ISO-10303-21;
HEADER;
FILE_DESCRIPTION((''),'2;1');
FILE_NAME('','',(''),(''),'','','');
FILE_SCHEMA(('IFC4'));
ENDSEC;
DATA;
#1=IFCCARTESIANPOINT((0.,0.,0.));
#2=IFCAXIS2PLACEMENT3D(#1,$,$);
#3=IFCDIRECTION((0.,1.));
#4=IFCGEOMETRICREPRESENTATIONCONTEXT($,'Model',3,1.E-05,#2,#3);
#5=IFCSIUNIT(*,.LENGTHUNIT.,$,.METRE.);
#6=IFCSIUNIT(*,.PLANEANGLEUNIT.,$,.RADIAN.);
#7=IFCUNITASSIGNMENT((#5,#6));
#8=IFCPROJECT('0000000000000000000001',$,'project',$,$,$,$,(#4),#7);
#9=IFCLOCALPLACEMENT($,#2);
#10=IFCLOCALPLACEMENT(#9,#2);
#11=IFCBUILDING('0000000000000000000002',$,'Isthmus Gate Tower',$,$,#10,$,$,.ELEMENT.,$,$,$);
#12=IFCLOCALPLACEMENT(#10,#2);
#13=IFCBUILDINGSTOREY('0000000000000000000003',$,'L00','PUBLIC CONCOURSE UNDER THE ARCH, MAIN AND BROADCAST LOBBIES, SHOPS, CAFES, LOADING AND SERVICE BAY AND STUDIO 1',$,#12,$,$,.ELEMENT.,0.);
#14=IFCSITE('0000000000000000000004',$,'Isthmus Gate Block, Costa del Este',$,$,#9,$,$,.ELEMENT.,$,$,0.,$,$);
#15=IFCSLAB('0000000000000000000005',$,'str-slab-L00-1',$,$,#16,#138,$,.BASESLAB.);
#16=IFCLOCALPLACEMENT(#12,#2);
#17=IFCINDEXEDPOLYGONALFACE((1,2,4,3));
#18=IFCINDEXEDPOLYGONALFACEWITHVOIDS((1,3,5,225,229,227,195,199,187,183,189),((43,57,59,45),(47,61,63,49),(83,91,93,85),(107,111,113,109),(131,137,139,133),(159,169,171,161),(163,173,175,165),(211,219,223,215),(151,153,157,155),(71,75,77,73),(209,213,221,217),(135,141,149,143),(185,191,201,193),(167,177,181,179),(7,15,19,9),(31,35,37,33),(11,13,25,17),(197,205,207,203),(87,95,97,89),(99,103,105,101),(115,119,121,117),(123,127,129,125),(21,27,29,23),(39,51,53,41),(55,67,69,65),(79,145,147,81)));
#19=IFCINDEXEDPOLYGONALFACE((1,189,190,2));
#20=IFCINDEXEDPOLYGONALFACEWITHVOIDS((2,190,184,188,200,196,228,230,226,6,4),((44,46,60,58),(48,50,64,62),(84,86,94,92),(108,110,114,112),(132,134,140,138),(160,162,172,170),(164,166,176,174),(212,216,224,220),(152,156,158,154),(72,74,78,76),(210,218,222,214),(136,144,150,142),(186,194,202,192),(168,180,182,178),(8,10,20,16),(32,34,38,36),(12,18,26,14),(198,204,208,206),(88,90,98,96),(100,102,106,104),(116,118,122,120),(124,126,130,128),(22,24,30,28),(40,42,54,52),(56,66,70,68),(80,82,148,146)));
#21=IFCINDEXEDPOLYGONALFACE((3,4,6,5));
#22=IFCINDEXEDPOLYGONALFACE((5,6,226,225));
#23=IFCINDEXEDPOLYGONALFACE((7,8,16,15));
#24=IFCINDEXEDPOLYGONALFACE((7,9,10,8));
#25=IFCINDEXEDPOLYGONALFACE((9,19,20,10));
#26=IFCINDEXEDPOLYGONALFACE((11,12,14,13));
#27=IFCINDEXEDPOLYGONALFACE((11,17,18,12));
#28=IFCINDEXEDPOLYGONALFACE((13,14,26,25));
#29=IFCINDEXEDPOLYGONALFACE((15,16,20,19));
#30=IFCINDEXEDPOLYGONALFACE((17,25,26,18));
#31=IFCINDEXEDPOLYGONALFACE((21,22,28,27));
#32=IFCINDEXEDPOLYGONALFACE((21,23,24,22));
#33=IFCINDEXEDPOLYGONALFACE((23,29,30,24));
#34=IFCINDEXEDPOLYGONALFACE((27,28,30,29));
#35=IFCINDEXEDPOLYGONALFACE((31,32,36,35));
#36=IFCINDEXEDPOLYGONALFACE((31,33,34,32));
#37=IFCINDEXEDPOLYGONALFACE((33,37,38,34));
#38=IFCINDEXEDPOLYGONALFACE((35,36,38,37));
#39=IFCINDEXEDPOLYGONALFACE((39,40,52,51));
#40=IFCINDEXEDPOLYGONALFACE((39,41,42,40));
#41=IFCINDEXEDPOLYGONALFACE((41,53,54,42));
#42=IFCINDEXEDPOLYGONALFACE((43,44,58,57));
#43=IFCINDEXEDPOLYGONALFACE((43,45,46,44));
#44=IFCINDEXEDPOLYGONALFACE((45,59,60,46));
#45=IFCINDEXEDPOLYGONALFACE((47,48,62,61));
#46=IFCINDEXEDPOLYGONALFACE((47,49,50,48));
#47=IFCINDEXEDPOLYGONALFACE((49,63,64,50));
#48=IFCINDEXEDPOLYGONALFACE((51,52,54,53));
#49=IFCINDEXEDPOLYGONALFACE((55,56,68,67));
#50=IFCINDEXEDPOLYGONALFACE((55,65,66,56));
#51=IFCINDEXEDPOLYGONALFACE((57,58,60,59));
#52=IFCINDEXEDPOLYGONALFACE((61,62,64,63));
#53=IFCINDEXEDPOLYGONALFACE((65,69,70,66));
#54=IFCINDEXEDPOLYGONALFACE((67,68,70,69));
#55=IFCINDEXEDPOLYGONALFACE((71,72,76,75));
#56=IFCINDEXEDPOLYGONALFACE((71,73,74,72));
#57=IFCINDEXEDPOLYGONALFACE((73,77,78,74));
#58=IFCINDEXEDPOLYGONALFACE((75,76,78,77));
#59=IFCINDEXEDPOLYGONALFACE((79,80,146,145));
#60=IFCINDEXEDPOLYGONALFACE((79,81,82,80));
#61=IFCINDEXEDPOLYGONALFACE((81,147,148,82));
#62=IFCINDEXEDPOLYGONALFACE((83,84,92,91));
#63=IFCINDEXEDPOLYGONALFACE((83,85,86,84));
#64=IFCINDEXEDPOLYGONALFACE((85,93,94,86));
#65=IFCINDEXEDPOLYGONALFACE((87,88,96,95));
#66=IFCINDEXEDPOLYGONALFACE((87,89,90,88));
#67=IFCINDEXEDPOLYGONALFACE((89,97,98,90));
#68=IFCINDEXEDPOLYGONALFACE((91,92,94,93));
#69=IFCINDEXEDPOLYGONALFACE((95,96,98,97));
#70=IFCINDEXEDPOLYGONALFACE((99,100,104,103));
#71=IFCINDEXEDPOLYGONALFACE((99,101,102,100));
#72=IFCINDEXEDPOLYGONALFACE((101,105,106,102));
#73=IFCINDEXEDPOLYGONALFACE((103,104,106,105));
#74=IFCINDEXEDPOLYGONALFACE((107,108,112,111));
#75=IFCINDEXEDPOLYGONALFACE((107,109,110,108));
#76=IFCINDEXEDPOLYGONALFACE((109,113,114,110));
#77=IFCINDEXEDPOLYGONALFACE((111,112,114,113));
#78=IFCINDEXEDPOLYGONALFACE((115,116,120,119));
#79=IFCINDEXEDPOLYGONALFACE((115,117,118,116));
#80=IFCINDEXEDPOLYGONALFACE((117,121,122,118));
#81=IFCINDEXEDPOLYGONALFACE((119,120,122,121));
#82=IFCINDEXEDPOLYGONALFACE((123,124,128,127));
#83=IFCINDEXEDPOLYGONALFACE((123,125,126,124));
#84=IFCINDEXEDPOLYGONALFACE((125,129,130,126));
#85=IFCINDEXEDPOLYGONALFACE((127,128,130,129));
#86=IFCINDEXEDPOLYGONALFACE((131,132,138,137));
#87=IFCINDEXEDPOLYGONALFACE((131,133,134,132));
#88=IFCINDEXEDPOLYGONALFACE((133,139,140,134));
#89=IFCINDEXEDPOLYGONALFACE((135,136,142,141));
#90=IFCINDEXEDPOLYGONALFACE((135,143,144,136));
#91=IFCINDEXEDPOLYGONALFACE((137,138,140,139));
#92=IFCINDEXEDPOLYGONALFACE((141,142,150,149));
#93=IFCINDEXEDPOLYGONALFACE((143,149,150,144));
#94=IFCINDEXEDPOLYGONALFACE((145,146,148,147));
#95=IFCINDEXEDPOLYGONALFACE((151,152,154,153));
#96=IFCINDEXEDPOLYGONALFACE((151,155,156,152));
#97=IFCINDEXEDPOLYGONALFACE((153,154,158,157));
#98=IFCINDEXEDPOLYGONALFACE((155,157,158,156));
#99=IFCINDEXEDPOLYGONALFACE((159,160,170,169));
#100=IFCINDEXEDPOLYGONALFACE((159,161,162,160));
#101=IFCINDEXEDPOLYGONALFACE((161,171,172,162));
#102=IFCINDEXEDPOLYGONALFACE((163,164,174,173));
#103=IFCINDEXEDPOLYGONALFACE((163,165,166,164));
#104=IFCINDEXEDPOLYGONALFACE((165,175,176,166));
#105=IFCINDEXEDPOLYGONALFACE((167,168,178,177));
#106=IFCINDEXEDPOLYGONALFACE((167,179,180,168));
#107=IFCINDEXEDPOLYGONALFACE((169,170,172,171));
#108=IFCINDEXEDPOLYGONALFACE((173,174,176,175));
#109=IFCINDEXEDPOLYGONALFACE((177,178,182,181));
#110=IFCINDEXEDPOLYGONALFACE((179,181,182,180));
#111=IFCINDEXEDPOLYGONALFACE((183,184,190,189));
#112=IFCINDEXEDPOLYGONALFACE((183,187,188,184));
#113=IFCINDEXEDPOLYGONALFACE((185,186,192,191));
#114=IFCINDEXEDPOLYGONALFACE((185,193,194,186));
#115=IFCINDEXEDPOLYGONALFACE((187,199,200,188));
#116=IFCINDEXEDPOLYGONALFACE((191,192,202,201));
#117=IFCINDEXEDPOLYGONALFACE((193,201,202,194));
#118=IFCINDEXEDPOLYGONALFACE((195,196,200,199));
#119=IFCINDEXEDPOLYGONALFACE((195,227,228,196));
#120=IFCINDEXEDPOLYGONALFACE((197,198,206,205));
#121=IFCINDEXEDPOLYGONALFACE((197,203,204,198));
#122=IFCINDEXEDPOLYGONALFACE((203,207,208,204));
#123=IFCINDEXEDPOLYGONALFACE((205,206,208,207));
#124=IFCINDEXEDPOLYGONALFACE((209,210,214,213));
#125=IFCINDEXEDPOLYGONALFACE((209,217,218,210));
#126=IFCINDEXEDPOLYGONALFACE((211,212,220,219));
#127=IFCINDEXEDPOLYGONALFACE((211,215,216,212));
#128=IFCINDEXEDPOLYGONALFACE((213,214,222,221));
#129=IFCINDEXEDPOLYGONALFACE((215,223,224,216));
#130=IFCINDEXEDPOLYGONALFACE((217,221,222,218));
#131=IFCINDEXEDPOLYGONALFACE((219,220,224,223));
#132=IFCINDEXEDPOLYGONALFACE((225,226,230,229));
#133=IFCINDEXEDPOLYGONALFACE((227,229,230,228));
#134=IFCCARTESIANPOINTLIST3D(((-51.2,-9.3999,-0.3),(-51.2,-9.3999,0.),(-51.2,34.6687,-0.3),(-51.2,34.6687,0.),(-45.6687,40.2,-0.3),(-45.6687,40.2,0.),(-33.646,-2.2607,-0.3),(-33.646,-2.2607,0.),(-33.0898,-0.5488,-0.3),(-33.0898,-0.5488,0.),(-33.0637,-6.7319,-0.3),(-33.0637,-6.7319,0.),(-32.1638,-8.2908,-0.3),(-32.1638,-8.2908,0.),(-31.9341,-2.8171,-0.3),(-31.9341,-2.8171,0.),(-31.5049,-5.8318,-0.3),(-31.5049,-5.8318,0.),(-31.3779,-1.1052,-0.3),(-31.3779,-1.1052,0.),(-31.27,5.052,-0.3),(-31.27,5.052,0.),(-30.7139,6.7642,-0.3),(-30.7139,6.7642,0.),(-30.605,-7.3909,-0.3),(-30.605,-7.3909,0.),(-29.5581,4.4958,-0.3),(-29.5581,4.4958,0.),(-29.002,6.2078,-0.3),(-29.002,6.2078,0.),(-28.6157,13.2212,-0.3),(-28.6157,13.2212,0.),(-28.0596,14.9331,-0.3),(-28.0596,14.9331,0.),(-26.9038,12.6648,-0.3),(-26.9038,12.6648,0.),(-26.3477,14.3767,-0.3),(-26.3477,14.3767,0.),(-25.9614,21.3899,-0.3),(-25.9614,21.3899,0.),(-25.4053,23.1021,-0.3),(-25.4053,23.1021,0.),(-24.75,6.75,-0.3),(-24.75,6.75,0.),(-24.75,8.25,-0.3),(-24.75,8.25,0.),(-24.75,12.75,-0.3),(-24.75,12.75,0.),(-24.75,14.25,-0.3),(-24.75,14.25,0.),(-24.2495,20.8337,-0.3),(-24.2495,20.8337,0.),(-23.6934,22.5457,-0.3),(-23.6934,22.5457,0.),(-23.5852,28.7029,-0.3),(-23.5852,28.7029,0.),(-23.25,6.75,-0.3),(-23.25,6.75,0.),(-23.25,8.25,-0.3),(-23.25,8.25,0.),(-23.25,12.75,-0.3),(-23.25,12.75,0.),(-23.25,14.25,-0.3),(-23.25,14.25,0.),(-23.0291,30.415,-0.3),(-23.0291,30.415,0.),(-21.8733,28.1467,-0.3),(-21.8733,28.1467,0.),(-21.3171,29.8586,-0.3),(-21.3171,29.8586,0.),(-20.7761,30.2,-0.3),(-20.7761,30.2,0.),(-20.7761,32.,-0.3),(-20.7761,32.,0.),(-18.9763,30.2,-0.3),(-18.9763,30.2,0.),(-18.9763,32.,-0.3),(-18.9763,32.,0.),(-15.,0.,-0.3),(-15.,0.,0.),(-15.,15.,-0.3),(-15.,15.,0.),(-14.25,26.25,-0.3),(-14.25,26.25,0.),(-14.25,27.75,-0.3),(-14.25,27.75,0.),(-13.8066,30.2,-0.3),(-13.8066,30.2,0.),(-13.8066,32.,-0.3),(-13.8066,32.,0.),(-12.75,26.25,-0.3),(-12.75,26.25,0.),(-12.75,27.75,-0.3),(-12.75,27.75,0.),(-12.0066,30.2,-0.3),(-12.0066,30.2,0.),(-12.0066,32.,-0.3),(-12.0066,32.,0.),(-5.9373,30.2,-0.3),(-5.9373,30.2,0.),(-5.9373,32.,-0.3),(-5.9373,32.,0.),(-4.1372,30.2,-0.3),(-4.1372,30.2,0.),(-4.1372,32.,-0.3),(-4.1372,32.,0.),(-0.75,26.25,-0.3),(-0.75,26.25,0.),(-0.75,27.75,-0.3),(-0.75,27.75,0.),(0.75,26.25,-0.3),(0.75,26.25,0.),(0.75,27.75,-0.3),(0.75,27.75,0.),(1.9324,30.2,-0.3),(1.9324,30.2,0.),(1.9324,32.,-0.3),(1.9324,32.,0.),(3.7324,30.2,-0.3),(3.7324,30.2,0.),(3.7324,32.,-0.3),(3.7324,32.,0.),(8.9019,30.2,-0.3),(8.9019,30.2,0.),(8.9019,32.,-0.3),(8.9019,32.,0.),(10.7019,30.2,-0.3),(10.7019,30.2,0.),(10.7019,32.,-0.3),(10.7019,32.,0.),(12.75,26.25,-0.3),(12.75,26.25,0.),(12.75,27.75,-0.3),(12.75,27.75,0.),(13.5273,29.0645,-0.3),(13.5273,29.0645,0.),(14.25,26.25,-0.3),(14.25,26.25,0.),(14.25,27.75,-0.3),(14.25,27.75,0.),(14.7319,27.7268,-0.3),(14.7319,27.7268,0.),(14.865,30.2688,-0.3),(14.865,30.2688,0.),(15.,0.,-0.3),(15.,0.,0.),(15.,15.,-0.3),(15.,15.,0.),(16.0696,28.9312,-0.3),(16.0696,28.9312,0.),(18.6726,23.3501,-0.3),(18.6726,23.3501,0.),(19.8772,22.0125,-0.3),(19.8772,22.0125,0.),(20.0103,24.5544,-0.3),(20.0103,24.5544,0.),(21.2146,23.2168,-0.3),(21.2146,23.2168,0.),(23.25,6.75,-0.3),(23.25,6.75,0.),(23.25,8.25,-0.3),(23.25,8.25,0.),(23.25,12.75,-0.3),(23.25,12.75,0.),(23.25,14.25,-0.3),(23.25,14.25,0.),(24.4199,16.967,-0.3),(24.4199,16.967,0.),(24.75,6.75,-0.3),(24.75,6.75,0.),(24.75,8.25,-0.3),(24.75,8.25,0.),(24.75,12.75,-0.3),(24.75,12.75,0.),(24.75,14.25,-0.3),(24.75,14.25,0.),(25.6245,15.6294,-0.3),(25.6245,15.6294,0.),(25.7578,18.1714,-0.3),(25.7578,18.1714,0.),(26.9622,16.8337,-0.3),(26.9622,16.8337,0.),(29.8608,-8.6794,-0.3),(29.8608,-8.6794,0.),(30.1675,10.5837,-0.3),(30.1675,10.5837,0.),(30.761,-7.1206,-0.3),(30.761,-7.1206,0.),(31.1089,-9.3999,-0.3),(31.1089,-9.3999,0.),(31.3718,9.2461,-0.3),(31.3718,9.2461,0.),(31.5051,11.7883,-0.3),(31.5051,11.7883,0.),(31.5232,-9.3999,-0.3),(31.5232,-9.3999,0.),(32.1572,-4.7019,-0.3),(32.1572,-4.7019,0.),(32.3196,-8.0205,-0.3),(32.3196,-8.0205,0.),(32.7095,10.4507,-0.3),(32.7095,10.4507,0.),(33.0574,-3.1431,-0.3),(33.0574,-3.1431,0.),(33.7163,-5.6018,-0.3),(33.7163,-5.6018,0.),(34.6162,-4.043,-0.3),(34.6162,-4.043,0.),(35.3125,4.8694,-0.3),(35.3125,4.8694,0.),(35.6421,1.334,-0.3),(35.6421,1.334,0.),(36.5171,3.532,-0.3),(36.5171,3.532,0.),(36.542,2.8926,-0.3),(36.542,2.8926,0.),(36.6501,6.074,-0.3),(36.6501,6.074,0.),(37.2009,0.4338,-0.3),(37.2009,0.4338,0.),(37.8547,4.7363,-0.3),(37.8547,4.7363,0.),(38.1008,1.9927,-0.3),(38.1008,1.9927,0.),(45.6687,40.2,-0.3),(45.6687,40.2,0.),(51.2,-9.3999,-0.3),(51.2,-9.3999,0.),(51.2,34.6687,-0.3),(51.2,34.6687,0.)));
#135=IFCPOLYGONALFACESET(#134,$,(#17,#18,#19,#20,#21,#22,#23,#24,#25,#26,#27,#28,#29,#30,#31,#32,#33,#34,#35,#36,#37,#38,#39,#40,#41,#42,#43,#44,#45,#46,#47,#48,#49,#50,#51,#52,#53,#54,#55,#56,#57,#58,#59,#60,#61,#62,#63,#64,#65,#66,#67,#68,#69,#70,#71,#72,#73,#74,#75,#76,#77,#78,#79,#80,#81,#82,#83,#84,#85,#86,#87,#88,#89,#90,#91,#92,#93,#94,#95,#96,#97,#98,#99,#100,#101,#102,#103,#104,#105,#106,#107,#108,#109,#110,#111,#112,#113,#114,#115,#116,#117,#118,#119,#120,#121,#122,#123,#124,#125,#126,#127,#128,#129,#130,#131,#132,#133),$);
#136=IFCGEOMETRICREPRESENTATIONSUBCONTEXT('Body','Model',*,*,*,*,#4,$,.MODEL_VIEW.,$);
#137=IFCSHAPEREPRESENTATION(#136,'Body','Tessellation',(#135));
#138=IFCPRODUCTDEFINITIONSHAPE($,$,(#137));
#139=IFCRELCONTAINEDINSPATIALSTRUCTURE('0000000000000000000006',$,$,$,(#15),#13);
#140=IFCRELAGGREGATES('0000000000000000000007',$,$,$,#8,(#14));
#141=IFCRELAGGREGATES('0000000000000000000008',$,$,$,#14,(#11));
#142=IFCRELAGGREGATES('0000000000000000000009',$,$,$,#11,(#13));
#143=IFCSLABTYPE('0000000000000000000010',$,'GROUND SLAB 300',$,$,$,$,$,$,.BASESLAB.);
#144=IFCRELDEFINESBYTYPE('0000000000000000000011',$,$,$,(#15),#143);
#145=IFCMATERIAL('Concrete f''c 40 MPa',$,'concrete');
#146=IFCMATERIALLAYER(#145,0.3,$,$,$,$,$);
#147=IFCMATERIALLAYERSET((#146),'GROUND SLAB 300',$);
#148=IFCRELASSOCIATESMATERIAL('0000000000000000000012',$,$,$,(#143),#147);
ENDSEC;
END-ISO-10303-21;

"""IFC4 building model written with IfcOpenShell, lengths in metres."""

from ifc_helpers import new_model, si_unit, direction, frame, origin, place, context, subcontext, project, spatial, polyline, outline, extrude, material, layer, layer_set, type_object, element, save


model = new_model("IFC4")

# Units and contexts
model_context = context("Model", 3, precision=1e-05, world=origin(), true_north=direction((0.0, 1.0)))
body_context = subcontext(model_context, "Body", "Model", "MODEL_VIEW")
ifc_project = project(units=[si_unit("LENGTHUNIT", "METRE"), si_unit("PLANEANGLEUNIT", "RADIAN")], contexts=[model_context])

# Site, building, storey
site_placement = place(None, origin())
site = spatial("IfcSite", under=ifc_project, at=site_placement, Name="Isthmus Gate Block, Costa del Este", CompositionType="ELEMENT", RefElevation=0.0)
building_placement = place(site_placement, origin())
building = spatial("IfcBuilding", under=site, at=building_placement, Name="Isthmus Gate Tower", CompositionType="ELEMENT")
storey_placement = place(building_placement, origin())
storey = spatial("IfcBuildingStorey", under=building, at=storey_placement, Name="L00", Description="PUBLIC CONCOURSE UNDER THE ARCH, MAIN AND BROADCAST LOBBIES, SHOPS, CAFES, LOADING AND SERVICE BAY AND STUDIO 1", CompositionType="ELEMENT", Elevation=0.0)

# Slab
ifc_material_1 = material(Name="Concrete f'c 40 MPa", Category="concrete")
ifc_layer_1 = layer(ifc_material_1, 0.3)
ifc_layer_set_1 = layer_set([ifc_layer_1], Name="GROUND SLAB 300")
slab_type_1 = type_object("IfcSlabType", Name="GROUND SLAB 300", PredefinedType="BASESLAB", material=ifc_layer_set_1)
slab_1_placement = place(storey_placement, frame((0.0, 0.0, -0.3)))
element("IfcSlab", 1, at=slab_1_placement, inside=storey, type_object=slab_type_1, Name="str-slab-L00-1", PredefinedType="BASESLAB", context=body_context, shape_type="SweptSolid", body=[
    extrude(outline(polyline([(-51.2, 34.6687), (-45.6687, 40.2), (45.6687, 40.2), (51.2, 34.6687), (51.2, -9.3999), (31.5232, -9.3999), (32.3196, -8.0205), (30.761, -7.1206), (29.8608, -8.6794), (31.1089, -9.3999), (-51.2, -9.3999), (-51.2, 34.6687)]), holes=[polyline([(-32.1638, -8.2908), (-30.605, -7.3909), (-31.5049, -5.8318), (-33.0637, -6.7319), (-32.1638, -8.2908)]), polyline([(-33.0898, -0.5488), (-33.646, -2.2607), (-31.9341, -2.8171), (-31.3779, -1.1052), (-33.0898, -0.5488)]), polyline([(-29.002, 6.2078), (-30.7139, 6.7642), (-31.27, 5.052), (-29.5581, 4.4958), (-29.002, 6.2078)]), polyline([(15.0, 0.0), (15.0, 15.0), (-15.0, 15.0), (-15.0, 0.0), (15.0, 0.0)]), polyline([(-24.75, 8.25), (-24.75, 6.75), (-23.25, 6.75), (-23.25, 8.25), (-24.75, 8.25)]), polyline([(-24.75, 12.75), (-23.25, 12.75), (-23.25, 14.25), (-24.75, 14.25), (-24.75, 12.75)]), polyline([(-28.0596, 14.9331), (-28.6157, 13.2212), (-26.9038, 12.6648), (-26.3477, 14.3767), (-28.0596, 14.9331)]), polyline([(-25.4053, 23.1021), (-25.9614, 21.3899), (-24.2495, 20.8337), (-23.6934, 22.5457), (-25.4053, 23.1021)]), polyline([(-14.25, 26.25), (-12.75, 26.25), (-12.75, 27.75), (-14.25, 27.75), (-14.25, 26.25)]), polyline([(-23.5852, 28.7029), (-21.8733, 28.1467), (-21.3171, 29.8586), (-23.0291, 30.415), (-23.5852, 28.7029)]), polyline([(-18.9763, 32.0), (-20.7761, 32.0), (-20.7761, 30.2), (-18.9763, 30.2), (-18.9763, 32.0)]), polyline([(-12.0066, 32.0), (-13.8066, 32.0), (-13.8066, 30.2), (-12.0066, 30.2), (-12.0066, 32.0)]), polyline([(-4.1372, 30.2), (-4.1372, 32.0), (-5.9373, 32.0), (-5.9373, 30.2), (-4.1372, 30.2)]), polyline([(34.6162, -4.043), (33.0574, -3.1431), (32.1572, -4.7019), (33.7163, -5.6018), (34.6162, -4.043)]), polyline([(35.6421, 1.334), (37.2009, 0.4338), (38.1008, 1.9927), (36.542, 2.8926), (35.6421, 1.334)]), polyline([(36.5171, 3.532), (37.8547, 4.7363), (36.6501, 6.074), (35.3125, 4.8694), (36.5171, 3.532)]), polyline([(23.25, 6.75), (24.75, 6.75), (24.75, 8.25), (23.25, 8.25), (23.25, 6.75)]), polyline([(31.5051, 11.7883), (30.1675, 10.5837), (31.3718, 9.2461), (32.7095, 10.4507), (31.5051, 11.7883)]), polyline([(23.25, 12.75), (24.75, 12.75), (24.75, 14.25), (23.25, 14.25), (23.25, 12.75)]), polyline([(26.9622, 16.8337), (25.7578, 18.1714), (24.4199, 16.967), (25.6245, 15.6294), (26.9622, 16.8337)]), polyline([(21.2146, 23.2168), (20.0103, 24.5544), (18.6726, 23.3501), (19.8772, 22.0125), (21.2146, 23.2168)]), polyline([(12.75, 26.25), (14.25, 26.25), (14.25, 27.75), (12.75, 27.75), (12.75, 26.25)]), polyline([(-0.75, 26.25), (0.75, 26.25), (0.75, 27.75), (-0.75, 27.75), (-0.75, 26.25)]), polyline([(14.865, 30.2688), (13.5273, 29.0645), (14.7319, 27.7268), (16.0696, 28.9312), (14.865, 30.2688)]), polyline([(10.7019, 30.2), (10.7019, 32.0), (8.9019, 32.0), (8.9019, 30.2), (10.7019, 30.2)]), polyline([(3.7324, 30.2), (3.7324, 32.0), (1.9324, 32.0), (1.9324, 30.2), (3.7324, 30.2)])]), origin(), (0.0, 0.0, 1.0), 0.3),
])

save(model, "model.ifc")
